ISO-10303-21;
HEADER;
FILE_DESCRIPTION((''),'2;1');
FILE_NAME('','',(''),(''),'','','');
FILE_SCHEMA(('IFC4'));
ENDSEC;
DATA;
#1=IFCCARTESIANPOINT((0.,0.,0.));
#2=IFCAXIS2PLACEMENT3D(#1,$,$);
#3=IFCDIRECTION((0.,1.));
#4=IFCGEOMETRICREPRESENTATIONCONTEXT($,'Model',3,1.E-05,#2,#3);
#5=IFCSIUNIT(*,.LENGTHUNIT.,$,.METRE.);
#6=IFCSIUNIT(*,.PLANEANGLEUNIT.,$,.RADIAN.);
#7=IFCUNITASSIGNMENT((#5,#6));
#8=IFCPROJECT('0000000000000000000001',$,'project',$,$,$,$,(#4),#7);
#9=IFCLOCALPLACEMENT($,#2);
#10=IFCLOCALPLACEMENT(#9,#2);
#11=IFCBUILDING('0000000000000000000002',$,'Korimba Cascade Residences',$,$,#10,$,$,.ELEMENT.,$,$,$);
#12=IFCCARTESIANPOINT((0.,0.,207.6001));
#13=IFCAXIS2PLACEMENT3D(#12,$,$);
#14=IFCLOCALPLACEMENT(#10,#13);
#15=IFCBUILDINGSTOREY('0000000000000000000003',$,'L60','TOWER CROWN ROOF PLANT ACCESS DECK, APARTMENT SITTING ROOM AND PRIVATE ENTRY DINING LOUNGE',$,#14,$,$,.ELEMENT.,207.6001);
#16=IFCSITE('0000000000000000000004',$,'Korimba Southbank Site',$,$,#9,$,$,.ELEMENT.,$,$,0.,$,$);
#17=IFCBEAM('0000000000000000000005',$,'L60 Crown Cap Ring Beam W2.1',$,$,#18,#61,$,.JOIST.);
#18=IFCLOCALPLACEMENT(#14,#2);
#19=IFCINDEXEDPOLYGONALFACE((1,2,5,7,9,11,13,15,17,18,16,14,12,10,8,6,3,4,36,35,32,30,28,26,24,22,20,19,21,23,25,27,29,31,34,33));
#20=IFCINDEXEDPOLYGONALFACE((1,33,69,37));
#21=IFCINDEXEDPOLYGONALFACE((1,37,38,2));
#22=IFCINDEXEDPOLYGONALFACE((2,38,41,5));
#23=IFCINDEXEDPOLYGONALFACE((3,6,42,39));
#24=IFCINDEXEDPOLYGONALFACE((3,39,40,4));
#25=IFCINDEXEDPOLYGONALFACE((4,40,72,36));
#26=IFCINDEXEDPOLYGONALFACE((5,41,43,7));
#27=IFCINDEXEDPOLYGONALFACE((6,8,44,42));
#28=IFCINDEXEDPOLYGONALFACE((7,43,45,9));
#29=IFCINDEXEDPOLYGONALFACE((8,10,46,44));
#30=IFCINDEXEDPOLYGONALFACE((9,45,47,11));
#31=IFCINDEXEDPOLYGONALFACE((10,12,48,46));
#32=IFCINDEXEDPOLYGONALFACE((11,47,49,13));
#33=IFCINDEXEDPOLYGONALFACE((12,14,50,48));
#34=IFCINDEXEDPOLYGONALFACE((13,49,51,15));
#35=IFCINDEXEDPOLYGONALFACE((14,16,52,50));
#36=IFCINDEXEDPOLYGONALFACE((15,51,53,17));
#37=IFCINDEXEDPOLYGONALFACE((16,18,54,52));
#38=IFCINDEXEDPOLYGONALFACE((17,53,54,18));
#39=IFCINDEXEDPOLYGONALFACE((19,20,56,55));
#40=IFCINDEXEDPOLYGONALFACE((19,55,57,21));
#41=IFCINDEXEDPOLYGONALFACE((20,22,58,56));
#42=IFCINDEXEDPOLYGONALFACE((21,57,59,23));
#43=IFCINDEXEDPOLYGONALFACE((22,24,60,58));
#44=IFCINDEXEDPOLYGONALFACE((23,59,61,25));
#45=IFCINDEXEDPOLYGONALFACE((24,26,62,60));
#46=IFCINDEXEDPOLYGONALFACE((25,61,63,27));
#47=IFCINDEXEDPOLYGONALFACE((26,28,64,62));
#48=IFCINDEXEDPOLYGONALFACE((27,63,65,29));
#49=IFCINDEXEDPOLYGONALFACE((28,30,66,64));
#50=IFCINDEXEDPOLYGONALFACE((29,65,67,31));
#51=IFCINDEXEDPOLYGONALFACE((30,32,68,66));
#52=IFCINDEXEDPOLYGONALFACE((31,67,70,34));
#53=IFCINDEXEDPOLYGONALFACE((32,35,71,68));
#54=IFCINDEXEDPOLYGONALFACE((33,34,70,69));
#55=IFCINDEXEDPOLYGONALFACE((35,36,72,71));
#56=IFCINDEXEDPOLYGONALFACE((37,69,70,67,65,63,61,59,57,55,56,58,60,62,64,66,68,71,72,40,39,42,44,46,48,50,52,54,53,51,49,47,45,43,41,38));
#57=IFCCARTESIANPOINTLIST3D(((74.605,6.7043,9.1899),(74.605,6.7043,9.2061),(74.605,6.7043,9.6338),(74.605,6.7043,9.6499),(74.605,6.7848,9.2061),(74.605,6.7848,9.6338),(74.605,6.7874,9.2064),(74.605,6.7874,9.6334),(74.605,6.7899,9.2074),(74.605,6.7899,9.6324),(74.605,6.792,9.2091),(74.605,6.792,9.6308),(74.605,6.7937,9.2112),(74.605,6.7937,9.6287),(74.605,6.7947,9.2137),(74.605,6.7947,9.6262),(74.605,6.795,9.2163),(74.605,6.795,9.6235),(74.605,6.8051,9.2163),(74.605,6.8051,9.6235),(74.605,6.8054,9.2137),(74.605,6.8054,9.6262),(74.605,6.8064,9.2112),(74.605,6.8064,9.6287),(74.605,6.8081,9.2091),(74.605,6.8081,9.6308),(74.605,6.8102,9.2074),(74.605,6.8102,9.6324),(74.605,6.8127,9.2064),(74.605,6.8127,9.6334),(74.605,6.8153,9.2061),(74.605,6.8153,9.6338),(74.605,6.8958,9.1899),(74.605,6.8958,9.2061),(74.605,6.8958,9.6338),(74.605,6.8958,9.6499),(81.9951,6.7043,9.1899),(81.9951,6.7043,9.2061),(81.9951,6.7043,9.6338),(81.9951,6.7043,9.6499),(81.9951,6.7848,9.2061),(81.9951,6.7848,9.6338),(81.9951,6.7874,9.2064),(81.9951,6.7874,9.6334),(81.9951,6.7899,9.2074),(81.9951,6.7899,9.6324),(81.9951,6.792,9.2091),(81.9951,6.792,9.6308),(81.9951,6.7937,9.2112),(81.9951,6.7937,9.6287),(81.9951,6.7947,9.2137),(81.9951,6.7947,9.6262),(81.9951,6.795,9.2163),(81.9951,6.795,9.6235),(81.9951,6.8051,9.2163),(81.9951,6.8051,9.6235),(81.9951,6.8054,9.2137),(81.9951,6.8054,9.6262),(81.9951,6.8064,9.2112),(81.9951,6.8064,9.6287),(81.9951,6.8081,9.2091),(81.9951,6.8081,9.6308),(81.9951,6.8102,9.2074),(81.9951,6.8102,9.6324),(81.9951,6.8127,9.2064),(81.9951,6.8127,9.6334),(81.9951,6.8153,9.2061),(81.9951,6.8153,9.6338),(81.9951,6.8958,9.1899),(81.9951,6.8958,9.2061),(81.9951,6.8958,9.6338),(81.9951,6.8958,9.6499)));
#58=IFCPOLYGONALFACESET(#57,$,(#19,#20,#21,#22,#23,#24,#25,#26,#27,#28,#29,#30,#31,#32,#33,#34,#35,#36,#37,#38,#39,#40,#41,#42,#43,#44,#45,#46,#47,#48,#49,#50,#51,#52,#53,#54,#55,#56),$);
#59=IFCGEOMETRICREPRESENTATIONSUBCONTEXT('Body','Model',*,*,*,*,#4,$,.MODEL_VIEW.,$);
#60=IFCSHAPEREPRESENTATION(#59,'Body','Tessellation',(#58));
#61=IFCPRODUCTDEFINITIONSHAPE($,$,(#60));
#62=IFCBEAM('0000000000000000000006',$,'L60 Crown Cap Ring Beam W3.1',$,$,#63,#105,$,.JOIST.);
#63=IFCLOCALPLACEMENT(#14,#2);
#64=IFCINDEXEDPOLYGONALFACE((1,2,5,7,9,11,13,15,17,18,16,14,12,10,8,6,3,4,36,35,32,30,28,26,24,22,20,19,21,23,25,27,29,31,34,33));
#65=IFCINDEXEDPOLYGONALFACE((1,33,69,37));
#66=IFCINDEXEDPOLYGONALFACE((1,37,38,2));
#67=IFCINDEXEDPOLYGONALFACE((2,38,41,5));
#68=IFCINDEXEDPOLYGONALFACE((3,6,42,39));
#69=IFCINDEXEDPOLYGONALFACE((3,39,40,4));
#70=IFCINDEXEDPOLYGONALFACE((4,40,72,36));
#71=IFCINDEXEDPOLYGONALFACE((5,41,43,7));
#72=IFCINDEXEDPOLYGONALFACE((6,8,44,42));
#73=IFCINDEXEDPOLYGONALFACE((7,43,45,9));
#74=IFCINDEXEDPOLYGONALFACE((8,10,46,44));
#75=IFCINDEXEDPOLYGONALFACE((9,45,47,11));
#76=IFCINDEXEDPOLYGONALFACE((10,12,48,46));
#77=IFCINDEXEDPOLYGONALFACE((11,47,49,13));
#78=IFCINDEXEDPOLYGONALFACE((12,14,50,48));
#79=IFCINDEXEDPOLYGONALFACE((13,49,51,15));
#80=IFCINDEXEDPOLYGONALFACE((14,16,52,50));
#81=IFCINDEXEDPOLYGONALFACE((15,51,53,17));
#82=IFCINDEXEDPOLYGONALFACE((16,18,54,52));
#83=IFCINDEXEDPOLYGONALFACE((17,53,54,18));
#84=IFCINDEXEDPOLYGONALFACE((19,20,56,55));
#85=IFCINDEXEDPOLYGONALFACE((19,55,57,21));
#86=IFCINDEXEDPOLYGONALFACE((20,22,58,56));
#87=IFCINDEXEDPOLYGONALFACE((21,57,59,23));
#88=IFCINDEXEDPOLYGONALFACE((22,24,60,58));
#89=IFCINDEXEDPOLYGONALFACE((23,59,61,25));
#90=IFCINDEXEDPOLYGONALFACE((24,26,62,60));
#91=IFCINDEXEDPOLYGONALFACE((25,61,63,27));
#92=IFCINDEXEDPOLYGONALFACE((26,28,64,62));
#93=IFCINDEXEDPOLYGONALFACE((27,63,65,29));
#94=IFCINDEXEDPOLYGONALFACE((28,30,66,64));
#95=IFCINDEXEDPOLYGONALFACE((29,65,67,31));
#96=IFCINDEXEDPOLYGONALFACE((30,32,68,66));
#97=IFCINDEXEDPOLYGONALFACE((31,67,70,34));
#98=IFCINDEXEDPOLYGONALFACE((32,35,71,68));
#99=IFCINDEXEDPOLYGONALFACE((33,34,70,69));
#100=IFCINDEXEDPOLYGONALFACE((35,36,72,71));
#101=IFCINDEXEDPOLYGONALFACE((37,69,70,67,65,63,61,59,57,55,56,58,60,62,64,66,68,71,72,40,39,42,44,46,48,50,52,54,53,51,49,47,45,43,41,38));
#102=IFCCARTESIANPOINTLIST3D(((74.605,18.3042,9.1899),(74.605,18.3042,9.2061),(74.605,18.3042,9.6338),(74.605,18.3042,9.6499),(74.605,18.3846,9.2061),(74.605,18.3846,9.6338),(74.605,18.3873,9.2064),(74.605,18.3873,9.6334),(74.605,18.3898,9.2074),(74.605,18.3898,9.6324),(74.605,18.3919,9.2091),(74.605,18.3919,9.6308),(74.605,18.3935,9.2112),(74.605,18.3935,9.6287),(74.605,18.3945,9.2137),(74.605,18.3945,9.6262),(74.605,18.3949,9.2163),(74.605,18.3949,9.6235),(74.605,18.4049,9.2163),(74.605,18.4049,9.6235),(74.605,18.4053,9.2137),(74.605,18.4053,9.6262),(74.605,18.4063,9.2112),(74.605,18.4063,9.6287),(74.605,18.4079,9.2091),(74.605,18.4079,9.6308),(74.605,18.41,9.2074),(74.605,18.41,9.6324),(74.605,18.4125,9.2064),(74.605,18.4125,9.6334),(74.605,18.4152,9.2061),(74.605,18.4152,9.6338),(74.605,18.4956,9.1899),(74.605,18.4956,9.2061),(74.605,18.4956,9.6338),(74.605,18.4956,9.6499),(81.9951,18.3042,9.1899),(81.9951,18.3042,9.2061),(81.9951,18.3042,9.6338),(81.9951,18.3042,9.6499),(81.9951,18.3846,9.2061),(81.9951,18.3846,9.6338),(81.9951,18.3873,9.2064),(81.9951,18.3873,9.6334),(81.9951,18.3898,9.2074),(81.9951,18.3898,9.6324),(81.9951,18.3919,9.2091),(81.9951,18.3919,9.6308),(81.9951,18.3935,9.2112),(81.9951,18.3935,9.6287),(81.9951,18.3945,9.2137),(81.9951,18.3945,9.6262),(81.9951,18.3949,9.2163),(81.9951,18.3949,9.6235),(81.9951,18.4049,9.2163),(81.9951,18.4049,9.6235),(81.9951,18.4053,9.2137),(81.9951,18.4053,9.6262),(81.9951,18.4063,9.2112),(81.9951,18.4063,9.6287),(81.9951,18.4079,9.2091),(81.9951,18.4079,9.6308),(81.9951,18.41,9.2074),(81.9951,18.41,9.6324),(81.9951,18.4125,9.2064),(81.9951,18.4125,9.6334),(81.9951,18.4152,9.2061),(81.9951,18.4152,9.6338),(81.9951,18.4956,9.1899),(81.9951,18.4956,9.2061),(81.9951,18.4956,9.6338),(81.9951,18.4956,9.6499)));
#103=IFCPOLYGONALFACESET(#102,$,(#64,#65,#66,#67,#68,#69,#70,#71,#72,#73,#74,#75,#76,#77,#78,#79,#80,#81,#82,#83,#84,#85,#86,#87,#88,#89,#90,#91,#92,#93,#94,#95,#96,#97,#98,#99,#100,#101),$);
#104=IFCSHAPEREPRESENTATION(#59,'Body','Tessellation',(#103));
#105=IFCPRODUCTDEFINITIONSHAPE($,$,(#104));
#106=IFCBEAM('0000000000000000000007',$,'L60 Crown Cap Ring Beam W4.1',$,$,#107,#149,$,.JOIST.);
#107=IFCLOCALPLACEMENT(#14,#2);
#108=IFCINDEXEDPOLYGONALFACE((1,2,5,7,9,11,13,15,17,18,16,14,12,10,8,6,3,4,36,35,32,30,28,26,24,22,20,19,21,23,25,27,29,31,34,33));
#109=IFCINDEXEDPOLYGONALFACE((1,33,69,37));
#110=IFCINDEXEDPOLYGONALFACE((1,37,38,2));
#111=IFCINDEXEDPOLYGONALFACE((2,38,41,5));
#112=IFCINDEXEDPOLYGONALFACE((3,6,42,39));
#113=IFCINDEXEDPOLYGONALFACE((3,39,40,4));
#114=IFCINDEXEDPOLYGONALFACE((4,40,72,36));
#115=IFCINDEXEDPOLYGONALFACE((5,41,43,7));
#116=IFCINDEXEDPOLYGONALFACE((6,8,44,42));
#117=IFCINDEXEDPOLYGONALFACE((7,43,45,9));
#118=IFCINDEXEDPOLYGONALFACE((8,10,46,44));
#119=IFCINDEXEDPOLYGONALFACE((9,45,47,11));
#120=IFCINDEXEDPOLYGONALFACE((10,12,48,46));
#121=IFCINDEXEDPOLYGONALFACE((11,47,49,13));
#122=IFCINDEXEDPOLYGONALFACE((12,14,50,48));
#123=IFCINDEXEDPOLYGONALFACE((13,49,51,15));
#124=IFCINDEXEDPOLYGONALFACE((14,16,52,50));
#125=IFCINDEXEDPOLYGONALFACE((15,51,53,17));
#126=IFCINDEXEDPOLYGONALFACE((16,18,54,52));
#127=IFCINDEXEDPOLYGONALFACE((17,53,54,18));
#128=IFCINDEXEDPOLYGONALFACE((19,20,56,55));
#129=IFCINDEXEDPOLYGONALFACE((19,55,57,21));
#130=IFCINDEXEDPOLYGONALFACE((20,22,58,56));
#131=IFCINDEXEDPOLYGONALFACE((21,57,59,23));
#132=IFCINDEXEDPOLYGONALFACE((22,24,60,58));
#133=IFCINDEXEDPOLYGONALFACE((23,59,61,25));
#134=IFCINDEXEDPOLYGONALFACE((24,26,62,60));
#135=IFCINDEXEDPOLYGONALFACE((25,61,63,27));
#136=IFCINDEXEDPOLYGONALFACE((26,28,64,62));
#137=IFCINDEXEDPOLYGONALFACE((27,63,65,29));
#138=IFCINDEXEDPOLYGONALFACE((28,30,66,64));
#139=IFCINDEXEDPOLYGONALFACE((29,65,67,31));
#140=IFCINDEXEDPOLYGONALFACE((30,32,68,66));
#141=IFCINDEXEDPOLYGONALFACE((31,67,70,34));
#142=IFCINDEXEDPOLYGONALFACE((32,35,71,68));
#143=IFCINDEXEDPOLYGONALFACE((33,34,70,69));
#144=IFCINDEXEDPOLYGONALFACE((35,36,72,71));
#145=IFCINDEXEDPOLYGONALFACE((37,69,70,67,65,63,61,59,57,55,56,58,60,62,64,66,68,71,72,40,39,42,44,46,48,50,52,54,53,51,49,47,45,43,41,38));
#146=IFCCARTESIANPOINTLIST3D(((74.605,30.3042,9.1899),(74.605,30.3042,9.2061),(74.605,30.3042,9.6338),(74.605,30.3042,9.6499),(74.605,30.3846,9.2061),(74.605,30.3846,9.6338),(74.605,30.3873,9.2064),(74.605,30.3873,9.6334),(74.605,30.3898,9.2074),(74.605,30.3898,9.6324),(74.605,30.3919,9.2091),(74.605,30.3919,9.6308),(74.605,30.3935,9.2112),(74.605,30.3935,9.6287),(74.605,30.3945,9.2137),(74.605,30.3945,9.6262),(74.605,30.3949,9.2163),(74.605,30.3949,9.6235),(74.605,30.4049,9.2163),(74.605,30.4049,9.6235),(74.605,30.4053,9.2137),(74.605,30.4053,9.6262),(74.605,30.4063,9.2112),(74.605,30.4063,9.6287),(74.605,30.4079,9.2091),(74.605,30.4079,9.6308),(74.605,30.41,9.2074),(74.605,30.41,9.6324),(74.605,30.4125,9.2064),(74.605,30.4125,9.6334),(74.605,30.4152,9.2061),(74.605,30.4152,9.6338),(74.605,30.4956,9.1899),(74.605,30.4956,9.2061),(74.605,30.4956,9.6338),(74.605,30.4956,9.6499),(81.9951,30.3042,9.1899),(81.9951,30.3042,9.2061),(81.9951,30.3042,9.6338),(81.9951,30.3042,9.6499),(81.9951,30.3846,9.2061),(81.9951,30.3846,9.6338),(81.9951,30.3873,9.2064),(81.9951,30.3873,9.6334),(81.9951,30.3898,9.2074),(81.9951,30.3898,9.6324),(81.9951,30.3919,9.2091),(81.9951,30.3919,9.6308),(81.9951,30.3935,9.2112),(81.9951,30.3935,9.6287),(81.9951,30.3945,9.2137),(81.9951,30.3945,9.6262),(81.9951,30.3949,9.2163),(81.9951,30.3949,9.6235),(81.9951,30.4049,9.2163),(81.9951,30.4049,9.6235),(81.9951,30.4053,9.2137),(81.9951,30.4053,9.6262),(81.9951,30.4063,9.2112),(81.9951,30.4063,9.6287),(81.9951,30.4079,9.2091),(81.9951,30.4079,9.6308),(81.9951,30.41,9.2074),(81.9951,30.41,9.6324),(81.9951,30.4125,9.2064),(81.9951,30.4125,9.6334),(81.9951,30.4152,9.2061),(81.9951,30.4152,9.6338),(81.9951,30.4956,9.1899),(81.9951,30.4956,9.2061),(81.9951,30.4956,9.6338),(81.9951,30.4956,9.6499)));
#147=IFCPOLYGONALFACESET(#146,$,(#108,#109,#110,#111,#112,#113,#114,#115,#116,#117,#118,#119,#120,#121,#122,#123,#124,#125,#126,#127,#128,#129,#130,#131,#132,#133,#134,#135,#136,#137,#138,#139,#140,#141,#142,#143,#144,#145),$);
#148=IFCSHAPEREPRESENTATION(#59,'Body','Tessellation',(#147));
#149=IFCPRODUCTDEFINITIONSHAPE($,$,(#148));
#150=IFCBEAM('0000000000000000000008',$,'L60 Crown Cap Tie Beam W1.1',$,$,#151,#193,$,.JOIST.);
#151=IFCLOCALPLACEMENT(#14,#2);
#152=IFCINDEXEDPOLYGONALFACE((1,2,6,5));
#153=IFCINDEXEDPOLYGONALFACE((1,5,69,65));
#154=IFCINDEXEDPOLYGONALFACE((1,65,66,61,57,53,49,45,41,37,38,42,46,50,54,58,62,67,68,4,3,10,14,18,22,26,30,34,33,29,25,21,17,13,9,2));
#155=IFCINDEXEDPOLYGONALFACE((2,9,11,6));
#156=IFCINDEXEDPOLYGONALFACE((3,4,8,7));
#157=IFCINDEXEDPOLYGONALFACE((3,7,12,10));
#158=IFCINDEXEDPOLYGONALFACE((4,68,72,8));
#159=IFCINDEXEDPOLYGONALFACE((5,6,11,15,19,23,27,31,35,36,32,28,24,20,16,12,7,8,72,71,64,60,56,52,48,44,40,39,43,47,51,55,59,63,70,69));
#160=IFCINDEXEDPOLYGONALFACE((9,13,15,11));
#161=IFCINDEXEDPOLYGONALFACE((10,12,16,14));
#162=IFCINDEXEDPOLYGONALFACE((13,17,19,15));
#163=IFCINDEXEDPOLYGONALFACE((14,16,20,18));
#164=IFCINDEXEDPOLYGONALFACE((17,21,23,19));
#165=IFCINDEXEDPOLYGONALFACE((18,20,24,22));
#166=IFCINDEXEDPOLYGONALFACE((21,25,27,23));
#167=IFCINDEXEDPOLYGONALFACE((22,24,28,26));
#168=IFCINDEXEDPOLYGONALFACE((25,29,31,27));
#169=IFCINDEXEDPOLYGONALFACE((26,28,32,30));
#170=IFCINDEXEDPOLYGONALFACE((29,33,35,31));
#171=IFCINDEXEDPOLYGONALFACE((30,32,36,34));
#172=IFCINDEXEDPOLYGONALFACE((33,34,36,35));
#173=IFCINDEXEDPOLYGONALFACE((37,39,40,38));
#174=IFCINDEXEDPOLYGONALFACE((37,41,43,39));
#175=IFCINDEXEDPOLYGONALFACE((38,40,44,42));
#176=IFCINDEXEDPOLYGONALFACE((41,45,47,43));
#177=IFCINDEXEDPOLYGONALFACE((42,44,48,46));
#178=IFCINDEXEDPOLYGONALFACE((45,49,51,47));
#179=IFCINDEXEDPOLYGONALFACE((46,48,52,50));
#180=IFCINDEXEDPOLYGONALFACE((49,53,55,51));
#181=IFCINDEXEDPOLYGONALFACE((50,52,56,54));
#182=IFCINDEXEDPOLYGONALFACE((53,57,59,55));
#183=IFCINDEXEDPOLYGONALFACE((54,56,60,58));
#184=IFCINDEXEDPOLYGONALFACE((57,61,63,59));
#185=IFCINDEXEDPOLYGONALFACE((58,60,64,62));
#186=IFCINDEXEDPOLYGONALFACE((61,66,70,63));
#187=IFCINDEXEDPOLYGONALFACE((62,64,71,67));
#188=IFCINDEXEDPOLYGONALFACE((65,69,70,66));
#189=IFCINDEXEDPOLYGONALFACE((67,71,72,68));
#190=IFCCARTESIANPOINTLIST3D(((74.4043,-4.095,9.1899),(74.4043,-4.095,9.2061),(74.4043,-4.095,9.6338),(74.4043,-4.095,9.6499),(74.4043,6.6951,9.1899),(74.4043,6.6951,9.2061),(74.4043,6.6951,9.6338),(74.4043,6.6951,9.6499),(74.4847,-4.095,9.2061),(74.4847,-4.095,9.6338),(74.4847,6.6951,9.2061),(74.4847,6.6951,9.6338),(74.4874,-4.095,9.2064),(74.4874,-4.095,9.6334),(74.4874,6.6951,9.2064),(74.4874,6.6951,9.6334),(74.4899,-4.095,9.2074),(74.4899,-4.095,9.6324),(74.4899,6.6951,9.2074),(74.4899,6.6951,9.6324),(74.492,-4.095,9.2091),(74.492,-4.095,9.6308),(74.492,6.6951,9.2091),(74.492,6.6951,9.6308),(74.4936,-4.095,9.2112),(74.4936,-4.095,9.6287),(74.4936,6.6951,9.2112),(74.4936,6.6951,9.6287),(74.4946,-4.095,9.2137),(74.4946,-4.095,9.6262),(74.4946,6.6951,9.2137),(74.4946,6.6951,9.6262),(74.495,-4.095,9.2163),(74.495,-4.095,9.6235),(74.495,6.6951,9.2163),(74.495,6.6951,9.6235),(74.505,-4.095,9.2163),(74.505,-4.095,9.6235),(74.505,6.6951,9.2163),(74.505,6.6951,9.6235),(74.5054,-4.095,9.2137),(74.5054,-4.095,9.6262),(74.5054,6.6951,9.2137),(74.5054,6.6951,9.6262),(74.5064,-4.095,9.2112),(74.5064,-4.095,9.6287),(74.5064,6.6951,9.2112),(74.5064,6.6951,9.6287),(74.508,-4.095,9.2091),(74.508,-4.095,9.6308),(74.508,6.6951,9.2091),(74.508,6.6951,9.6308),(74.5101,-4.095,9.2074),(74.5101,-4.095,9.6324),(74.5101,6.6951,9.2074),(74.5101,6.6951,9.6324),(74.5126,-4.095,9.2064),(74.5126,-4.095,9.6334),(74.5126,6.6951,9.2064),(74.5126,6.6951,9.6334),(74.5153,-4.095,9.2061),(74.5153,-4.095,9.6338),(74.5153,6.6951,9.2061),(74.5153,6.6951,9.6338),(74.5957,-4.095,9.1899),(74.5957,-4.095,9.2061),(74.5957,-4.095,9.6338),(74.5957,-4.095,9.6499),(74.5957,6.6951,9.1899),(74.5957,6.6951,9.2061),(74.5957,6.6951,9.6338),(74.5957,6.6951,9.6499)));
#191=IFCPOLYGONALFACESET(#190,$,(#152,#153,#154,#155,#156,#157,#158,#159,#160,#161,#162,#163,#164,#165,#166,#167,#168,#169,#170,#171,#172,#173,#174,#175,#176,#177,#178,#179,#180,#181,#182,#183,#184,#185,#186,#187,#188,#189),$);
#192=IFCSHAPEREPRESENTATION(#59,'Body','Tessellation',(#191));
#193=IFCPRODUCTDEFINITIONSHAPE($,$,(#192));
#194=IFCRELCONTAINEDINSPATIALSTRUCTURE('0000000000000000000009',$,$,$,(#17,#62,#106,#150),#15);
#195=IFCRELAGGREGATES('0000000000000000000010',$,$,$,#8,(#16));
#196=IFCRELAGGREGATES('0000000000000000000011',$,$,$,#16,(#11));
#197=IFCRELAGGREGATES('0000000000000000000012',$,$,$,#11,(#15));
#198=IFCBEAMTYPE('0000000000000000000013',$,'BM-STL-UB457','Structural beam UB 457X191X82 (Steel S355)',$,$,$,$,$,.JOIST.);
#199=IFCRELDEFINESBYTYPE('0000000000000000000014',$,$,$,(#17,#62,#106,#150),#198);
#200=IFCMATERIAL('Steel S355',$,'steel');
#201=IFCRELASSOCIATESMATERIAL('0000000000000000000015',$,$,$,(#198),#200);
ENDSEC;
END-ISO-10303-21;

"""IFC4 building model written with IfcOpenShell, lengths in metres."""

from ifc_helpers import new_model, si_unit, direction, frame, origin, origin_2d, place, context, subcontext, project, spatial, i_section, extrude, material, material_profile, profile_set, type_object, element, save


model = new_model("IFC4")

# Units and contexts
model_context = context("Model", 3, precision=1e-05, world=origin(), true_north=direction((0.0, 1.0)))
body_context = subcontext(model_context, "Body", "Model", "MODEL_VIEW")
ifc_project = project(units=[si_unit("LENGTHUNIT", "METRE"), si_unit("PLANEANGLEUNIT", "RADIAN")], contexts=[model_context])

# Site, building, storey
site_placement = place(None, origin())
site = spatial("IfcSite", under=ifc_project, at=site_placement, Name="Korimba Southbank Site", CompositionType="ELEMENT", RefElevation=0.0)
building_placement = place(site_placement, origin())
building = spatial("IfcBuilding", under=site, at=building_placement, Name="Korimba Cascade Residences", CompositionType="ELEMENT")
storey_placement = place(building_placement, frame((0.0, 0.0, 207.6001)))
storey = spatial("IfcBuildingStorey", under=building, at=storey_placement, Name="L60", Description="TOWER CROWN ROOF PLANT ACCESS DECK, APARTMENT SITTING ROOM AND PRIVATE ENTRY DINING LOUNGE", CompositionType="ELEMENT", Elevation=207.6001)

# Shared definitions
ifc_material_1 = material(Name="Steel S355", Category="steel")

# Beams
ifc_material_profile_1 = material_profile(ifc_material_1, i_section(OverallWidth=0.1914, OverallDepth=0.46, WebThickness=0.01, FlangeThickness=0.0161, FilletRadius=0.0103, at=origin_2d()), Name="Steel S355")
ifc_profile_set_1 = profile_set([ifc_material_profile_1], Name="Steel S355")
beam_type_1 = type_object("IfcBeamType", Name="BM-STL-UB457", Description="Structural beam UB 457X191X82 (Steel S355)", PredefinedType="JOIST", material=ifc_profile_set_1)
for number, where, z_axis, x_axis, name in (
    (1, (74.605, 6.8, 9.4199), (1.0, 0.0, 0.0), (0.0, 1.0, 0.0), "L60 Crown Cap Ring Beam W2.1"),
    (2, (74.605, 18.3999, 9.4199), (1.0, 0.0, 0.0), (0.0, 1.0, 0.0), "L60 Crown Cap Ring Beam W3.1"),
    (3, (74.605, 30.3999, 9.4199), (1.0, 0.0, 0.0), (0.0, 1.0, 0.0), "L60 Crown Cap Ring Beam W4.1"),
):
    element("IfcBeam", number, at=place(storey_placement, frame(where, z_axis=z_axis, x_axis=x_axis)), inside=storey, type_object=beam_type_1, Name=name, PredefinedType="JOIST", context=body_context, shape_type="SweptSolid", body=[
        extrude(i_section(OverallWidth=0.1914, OverallDepth=0.46, WebThickness=0.01, FlangeThickness=0.0161, FilletRadius=0.0103, at=origin_2d()), origin(), (0.0, 0.0, 1.0), 7.3901),
    ])
beam_1_placement = place(storey_placement, frame((74.5, -4.095, 9.4199), z_axis=(0.0, 1.0, 0.0), x_axis=(-1.0, 0.0, 0.0)))
element("IfcBeam", 4, at=beam_1_placement, inside=storey, type_object=beam_type_1, Name="L60 Crown Cap Tie Beam W1.1", PredefinedType="JOIST", context=body_context, shape_type="SweptSolid", body=[
    extrude(i_section(OverallWidth=0.1914, OverallDepth=0.46, WebThickness=0.01, FlangeThickness=0.0161, FilletRadius=0.0103, at=origin_2d()), origin(), (0.0, 0.0, 1.0), 10.79),
])

save(model, "model.ifc")
